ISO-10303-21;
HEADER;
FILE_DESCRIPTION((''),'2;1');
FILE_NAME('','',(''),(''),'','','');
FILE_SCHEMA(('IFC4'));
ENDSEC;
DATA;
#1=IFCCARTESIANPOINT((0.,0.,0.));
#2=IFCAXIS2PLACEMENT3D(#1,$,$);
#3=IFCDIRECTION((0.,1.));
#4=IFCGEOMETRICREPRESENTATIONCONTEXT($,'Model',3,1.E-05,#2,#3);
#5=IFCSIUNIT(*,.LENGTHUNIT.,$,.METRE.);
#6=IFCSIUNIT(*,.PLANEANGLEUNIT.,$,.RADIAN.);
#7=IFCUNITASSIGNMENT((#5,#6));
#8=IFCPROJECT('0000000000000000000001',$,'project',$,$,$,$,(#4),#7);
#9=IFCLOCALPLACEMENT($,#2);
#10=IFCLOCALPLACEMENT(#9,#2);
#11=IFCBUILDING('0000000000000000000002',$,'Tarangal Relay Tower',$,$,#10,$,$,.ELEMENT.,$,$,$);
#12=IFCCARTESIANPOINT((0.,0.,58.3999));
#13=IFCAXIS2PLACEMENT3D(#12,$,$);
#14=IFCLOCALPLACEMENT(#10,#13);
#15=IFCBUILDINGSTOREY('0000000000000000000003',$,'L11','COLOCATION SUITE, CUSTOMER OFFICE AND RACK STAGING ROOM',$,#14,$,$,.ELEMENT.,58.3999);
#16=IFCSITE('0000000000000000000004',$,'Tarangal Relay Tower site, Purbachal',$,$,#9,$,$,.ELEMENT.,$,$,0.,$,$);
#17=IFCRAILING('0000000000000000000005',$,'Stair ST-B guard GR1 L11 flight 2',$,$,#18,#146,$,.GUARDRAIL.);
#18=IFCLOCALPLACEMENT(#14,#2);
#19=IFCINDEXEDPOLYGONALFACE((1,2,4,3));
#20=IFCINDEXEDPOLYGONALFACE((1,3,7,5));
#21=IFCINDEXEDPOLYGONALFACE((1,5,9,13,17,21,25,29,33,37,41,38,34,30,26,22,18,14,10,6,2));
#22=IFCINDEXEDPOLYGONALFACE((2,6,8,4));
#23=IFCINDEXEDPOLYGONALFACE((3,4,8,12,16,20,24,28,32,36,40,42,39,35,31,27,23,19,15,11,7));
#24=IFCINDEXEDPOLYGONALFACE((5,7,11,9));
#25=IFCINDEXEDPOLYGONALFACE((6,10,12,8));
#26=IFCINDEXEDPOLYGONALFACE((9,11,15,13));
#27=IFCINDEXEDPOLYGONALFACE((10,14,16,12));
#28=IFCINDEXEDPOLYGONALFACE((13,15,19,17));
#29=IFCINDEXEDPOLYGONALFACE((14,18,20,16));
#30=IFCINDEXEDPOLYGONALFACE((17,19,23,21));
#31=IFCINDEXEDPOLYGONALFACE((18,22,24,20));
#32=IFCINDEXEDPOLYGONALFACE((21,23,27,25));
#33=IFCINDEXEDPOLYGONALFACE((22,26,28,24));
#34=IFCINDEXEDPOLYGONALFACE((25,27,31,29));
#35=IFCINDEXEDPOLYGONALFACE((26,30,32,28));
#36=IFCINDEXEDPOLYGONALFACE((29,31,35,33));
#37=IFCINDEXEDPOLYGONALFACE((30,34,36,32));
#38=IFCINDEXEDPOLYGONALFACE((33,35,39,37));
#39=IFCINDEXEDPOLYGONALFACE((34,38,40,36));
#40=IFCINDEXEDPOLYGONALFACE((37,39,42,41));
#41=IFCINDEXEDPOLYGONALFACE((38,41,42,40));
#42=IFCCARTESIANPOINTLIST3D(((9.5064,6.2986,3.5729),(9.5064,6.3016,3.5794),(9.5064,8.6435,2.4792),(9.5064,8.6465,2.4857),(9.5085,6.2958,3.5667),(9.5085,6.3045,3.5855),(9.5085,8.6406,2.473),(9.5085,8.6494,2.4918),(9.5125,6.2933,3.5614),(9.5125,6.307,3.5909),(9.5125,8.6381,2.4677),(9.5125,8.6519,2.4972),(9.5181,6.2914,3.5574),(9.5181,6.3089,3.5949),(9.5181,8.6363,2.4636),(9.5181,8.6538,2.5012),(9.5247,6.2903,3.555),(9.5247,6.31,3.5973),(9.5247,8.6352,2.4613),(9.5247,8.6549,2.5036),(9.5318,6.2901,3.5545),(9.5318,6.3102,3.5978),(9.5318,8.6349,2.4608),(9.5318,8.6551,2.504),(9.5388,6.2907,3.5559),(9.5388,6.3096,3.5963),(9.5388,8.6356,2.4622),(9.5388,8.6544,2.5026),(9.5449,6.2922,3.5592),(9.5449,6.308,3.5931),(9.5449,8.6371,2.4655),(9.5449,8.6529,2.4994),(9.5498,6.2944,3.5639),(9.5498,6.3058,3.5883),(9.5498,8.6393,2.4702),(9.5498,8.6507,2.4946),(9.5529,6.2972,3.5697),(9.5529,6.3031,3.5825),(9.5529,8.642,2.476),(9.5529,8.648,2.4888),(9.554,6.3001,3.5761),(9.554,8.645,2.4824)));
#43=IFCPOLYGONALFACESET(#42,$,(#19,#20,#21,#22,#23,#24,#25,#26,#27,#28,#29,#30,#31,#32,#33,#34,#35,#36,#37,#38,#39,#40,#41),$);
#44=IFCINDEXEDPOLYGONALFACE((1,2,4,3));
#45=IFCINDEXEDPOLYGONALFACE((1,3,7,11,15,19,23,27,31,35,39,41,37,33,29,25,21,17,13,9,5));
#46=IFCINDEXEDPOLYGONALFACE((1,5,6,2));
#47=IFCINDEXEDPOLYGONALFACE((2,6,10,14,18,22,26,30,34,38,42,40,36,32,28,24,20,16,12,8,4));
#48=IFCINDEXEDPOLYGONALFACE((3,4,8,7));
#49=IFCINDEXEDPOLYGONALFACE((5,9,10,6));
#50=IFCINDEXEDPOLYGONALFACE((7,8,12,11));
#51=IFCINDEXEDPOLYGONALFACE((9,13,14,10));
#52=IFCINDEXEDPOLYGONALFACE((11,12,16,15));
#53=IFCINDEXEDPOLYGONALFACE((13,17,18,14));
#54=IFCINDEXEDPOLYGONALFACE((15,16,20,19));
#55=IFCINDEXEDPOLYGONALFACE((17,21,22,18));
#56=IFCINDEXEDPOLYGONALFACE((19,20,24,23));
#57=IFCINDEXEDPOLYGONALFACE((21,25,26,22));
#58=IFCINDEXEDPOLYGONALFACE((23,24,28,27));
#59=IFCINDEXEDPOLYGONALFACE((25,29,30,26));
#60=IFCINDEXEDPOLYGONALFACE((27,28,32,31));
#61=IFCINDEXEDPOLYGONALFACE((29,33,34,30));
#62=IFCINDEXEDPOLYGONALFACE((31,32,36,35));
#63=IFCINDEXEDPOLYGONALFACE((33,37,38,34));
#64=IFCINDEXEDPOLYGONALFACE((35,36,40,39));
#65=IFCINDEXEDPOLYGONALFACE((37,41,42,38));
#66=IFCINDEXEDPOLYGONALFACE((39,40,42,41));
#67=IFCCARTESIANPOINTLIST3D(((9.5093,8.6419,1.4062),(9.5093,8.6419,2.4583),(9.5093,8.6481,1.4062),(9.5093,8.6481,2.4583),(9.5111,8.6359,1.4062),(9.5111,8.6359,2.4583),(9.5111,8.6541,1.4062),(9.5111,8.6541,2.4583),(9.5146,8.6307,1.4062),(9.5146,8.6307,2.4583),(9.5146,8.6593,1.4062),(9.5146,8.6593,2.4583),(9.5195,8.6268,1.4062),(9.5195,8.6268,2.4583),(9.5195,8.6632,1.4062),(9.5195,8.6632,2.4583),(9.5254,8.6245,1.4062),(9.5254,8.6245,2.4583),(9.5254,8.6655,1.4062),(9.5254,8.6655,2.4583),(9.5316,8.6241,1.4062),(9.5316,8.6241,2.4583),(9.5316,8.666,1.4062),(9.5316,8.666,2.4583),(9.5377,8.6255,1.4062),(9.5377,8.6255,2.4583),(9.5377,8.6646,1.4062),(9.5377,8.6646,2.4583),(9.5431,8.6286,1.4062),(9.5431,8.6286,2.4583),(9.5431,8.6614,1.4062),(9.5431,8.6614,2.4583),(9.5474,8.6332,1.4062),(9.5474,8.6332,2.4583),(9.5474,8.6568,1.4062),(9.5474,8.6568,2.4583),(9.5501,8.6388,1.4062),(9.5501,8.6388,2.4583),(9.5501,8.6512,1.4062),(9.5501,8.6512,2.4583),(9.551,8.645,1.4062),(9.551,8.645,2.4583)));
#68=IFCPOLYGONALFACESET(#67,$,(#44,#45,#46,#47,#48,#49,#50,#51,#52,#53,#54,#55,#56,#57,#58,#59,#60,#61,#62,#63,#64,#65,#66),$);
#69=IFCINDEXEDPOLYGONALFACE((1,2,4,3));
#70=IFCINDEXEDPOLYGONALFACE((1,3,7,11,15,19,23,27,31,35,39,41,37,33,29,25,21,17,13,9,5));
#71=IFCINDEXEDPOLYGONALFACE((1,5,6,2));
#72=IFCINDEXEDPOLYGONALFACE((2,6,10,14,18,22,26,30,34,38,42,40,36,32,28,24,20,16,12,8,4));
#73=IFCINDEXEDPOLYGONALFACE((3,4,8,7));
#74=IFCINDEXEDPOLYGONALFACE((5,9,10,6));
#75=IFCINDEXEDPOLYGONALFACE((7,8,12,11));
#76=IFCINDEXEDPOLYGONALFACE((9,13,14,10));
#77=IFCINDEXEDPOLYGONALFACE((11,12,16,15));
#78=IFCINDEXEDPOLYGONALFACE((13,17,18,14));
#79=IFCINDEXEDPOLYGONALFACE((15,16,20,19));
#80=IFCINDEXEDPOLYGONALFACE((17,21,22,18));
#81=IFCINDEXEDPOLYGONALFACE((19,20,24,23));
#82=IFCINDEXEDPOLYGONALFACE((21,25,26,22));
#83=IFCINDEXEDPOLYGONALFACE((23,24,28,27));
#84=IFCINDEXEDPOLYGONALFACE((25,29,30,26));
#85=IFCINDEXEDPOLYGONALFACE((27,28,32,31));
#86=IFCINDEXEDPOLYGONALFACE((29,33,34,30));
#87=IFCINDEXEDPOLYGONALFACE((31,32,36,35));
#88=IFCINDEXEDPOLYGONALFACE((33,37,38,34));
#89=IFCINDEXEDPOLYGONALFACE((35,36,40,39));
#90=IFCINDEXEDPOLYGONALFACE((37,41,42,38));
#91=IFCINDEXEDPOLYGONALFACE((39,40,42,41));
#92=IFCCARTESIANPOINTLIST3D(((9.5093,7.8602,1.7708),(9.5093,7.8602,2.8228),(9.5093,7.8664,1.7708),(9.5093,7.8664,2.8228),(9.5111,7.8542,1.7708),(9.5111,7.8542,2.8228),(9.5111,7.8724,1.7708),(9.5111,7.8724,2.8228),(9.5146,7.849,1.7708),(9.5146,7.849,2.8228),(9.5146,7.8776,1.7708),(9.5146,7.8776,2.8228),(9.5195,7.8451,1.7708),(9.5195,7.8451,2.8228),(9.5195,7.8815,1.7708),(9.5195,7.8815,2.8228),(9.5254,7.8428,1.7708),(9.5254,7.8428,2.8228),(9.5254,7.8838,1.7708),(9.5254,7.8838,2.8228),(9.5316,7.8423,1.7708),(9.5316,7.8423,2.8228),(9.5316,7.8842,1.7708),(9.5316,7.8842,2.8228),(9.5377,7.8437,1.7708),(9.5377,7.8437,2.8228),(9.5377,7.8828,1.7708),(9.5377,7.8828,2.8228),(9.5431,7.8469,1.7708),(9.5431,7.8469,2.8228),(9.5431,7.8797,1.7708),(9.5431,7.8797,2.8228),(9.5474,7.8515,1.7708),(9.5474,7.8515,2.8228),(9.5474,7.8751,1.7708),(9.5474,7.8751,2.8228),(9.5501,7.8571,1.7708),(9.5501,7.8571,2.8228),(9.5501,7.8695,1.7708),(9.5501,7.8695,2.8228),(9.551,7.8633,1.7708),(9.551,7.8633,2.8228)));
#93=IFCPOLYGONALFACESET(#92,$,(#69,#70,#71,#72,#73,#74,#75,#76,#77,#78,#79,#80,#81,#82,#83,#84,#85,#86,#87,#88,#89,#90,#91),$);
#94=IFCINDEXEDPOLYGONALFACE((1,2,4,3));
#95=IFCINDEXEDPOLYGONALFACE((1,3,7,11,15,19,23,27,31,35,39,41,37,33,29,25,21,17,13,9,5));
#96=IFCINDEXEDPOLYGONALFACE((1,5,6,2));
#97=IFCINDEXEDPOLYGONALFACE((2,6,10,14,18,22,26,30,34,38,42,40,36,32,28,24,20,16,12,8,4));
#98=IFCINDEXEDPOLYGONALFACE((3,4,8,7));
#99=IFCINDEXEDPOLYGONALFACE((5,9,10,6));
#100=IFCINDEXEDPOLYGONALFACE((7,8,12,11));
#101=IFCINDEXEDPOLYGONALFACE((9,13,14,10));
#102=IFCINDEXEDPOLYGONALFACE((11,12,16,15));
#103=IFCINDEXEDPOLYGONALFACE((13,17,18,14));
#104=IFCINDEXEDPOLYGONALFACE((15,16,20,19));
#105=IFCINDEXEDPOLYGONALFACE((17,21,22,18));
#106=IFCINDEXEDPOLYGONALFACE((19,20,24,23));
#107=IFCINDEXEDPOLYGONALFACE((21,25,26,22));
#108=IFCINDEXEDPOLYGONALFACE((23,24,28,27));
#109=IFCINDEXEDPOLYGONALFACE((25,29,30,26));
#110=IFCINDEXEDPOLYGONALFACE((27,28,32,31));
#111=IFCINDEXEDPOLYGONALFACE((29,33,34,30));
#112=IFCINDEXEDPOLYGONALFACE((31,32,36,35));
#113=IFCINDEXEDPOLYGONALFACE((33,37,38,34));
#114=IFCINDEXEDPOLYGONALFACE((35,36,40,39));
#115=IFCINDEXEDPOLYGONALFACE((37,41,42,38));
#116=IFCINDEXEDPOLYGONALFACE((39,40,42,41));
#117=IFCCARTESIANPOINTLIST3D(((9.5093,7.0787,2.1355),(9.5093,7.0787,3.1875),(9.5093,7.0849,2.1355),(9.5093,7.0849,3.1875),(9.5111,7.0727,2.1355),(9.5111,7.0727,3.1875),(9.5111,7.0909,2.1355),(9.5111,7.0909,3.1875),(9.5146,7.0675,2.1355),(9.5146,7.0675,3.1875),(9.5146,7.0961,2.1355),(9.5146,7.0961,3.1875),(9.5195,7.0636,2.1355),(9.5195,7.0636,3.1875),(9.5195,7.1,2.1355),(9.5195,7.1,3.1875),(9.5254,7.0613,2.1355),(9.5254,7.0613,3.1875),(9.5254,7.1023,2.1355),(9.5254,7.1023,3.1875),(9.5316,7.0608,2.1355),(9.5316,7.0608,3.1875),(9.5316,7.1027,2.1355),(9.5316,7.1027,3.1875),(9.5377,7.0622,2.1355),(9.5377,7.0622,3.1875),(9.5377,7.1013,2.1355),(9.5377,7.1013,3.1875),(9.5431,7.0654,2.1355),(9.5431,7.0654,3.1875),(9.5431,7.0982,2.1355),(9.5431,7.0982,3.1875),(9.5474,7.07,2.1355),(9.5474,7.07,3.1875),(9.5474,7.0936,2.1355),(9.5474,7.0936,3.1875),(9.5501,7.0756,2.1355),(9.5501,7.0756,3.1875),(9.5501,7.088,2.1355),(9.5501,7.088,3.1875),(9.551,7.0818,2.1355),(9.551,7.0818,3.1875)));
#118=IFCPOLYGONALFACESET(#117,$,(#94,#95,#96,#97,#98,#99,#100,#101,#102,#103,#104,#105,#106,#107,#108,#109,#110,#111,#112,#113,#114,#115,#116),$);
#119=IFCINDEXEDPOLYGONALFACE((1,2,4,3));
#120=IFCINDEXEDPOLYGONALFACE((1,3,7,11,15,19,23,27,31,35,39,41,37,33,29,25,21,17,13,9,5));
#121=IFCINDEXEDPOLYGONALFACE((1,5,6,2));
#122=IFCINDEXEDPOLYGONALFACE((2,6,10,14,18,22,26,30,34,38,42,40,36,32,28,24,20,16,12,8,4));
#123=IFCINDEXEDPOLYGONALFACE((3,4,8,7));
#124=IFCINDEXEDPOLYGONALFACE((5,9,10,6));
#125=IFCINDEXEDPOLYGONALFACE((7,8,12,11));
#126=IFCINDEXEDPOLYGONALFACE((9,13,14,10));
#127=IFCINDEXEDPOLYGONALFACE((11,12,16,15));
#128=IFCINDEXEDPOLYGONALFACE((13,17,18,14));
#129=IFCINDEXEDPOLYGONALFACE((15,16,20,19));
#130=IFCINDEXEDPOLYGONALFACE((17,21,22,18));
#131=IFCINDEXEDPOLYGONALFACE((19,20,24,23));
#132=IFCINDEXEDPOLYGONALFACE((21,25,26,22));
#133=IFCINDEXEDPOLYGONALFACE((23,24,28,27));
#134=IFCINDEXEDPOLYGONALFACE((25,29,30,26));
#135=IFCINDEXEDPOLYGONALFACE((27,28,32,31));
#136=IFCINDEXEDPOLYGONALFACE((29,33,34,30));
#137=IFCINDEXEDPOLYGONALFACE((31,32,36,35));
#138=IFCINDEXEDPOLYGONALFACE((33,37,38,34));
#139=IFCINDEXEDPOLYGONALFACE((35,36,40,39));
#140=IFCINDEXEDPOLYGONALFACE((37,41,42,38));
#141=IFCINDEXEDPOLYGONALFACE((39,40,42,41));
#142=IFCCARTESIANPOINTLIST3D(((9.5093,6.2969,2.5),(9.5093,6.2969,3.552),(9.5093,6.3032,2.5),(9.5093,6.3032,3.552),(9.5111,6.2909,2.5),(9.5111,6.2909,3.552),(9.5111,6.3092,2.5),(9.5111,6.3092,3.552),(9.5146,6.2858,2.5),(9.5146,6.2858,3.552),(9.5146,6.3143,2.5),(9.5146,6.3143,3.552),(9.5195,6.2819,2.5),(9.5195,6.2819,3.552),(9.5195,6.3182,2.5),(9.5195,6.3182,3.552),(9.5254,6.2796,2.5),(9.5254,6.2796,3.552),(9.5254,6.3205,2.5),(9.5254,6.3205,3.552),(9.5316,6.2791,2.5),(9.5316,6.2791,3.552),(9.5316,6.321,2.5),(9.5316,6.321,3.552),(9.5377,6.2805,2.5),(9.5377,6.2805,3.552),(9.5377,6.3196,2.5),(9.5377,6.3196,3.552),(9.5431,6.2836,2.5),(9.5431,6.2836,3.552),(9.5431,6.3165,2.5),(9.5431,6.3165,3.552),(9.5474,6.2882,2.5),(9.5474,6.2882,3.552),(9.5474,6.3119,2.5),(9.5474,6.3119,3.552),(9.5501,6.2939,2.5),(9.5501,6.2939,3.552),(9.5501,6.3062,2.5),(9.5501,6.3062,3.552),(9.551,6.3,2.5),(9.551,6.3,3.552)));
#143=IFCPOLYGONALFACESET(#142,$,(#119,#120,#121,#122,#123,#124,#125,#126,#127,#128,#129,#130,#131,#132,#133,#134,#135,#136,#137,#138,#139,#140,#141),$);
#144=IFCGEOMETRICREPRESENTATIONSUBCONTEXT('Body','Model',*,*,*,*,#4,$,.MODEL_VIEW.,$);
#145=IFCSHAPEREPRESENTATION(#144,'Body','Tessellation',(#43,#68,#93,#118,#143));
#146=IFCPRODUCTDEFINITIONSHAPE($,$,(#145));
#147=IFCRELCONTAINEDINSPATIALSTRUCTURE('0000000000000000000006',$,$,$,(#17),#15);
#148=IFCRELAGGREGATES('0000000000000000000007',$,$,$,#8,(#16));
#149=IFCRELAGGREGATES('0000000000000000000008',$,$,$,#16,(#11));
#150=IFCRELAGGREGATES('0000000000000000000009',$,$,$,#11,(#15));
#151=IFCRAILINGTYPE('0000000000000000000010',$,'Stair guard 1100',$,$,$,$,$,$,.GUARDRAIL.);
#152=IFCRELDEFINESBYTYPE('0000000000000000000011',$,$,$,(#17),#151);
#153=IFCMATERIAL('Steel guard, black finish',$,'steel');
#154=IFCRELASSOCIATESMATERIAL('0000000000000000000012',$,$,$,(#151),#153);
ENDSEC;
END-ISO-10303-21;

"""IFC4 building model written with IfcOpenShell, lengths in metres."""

from ifc_helpers import new_model, si_unit, direction, frame, origin, origin_2d, place, context, subcontext, project, spatial, circle, extrude, material, type_object, element, save


model = new_model("IFC4")

# Units and contexts
model_context = context("Model", 3, precision=1e-05, world=origin(), true_north=direction((0.0, 1.0)))
body_context = subcontext(model_context, "Body", "Model", "MODEL_VIEW")
ifc_project = project(units=[si_unit("LENGTHUNIT", "METRE"), si_unit("PLANEANGLEUNIT", "RADIAN")], contexts=[model_context])

# Site, building, storey
site_placement = place(None, origin())
site = spatial("IfcSite", under=ifc_project, at=site_placement, Name="Tarangal Relay Tower site, Purbachal", CompositionType="ELEMENT", RefElevation=0.0)
building_placement = place(site_placement, origin())
building = spatial("IfcBuilding", under=site, at=building_placement, Name="Tarangal Relay Tower", CompositionType="ELEMENT")
storey_placement = place(building_placement, frame((0.0, 0.0, 58.3999)))
storey = spatial("IfcBuildingStorey", under=building, at=storey_placement, Name="L11", Description="COLOCATION SUITE, CUSTOMER OFFICE AND RACK STAGING ROOM", CompositionType="ELEMENT", Elevation=58.3999)

# Railing
ifc_material_1 = material(Name="Steel guard, black finish", Category="steel")
railing_type_1 = type_object("IfcRailingType", Name="Stair guard 1100", PredefinedType="GUARDRAIL", material=ifc_material_1)
railing_1_placement = place(storey_placement, frame((9.53, 8.645, 1.4062)))
element("IfcRailing", 1, at=railing_1_placement, inside=storey, type_object=railing_type_1, Name="Stair ST-B guard GR1 L11 flight 2", PredefinedType="GUARDRAIL", context=body_context, shape_type="SweptSolid", body=[
    extrude(circle(Radius=0.0239, at=origin_2d()), frame((0.0, 0.0, 1.0762), z_axis=(0.0, -0.906267, 0.422705), x_axis=(1.0, 0.0, 0.0)), (0.0, 0.0, 1.0), 2.5874),
    extrude(circle(Radius=0.021, at=origin_2d()), origin(), (0.0, 0.0, 1.0), 1.052),
    extrude(circle(Radius=0.021, at=origin_2d()), frame((0.0, -0.7817, 0.3645)), (0.0, 0.0, 1.0), 1.052),
    extrude(circle(Radius=0.021, at=origin_2d()), frame((0.0, -1.5632, 0.7292)), (0.0, 0.0, 1.0), 1.052),
    extrude(circle(Radius=0.021, at=origin_2d()), frame((0.0, -2.345, 1.0938)), (0.0, 0.0, 1.0), 1.052),
])

save(model, "model.ifc")
